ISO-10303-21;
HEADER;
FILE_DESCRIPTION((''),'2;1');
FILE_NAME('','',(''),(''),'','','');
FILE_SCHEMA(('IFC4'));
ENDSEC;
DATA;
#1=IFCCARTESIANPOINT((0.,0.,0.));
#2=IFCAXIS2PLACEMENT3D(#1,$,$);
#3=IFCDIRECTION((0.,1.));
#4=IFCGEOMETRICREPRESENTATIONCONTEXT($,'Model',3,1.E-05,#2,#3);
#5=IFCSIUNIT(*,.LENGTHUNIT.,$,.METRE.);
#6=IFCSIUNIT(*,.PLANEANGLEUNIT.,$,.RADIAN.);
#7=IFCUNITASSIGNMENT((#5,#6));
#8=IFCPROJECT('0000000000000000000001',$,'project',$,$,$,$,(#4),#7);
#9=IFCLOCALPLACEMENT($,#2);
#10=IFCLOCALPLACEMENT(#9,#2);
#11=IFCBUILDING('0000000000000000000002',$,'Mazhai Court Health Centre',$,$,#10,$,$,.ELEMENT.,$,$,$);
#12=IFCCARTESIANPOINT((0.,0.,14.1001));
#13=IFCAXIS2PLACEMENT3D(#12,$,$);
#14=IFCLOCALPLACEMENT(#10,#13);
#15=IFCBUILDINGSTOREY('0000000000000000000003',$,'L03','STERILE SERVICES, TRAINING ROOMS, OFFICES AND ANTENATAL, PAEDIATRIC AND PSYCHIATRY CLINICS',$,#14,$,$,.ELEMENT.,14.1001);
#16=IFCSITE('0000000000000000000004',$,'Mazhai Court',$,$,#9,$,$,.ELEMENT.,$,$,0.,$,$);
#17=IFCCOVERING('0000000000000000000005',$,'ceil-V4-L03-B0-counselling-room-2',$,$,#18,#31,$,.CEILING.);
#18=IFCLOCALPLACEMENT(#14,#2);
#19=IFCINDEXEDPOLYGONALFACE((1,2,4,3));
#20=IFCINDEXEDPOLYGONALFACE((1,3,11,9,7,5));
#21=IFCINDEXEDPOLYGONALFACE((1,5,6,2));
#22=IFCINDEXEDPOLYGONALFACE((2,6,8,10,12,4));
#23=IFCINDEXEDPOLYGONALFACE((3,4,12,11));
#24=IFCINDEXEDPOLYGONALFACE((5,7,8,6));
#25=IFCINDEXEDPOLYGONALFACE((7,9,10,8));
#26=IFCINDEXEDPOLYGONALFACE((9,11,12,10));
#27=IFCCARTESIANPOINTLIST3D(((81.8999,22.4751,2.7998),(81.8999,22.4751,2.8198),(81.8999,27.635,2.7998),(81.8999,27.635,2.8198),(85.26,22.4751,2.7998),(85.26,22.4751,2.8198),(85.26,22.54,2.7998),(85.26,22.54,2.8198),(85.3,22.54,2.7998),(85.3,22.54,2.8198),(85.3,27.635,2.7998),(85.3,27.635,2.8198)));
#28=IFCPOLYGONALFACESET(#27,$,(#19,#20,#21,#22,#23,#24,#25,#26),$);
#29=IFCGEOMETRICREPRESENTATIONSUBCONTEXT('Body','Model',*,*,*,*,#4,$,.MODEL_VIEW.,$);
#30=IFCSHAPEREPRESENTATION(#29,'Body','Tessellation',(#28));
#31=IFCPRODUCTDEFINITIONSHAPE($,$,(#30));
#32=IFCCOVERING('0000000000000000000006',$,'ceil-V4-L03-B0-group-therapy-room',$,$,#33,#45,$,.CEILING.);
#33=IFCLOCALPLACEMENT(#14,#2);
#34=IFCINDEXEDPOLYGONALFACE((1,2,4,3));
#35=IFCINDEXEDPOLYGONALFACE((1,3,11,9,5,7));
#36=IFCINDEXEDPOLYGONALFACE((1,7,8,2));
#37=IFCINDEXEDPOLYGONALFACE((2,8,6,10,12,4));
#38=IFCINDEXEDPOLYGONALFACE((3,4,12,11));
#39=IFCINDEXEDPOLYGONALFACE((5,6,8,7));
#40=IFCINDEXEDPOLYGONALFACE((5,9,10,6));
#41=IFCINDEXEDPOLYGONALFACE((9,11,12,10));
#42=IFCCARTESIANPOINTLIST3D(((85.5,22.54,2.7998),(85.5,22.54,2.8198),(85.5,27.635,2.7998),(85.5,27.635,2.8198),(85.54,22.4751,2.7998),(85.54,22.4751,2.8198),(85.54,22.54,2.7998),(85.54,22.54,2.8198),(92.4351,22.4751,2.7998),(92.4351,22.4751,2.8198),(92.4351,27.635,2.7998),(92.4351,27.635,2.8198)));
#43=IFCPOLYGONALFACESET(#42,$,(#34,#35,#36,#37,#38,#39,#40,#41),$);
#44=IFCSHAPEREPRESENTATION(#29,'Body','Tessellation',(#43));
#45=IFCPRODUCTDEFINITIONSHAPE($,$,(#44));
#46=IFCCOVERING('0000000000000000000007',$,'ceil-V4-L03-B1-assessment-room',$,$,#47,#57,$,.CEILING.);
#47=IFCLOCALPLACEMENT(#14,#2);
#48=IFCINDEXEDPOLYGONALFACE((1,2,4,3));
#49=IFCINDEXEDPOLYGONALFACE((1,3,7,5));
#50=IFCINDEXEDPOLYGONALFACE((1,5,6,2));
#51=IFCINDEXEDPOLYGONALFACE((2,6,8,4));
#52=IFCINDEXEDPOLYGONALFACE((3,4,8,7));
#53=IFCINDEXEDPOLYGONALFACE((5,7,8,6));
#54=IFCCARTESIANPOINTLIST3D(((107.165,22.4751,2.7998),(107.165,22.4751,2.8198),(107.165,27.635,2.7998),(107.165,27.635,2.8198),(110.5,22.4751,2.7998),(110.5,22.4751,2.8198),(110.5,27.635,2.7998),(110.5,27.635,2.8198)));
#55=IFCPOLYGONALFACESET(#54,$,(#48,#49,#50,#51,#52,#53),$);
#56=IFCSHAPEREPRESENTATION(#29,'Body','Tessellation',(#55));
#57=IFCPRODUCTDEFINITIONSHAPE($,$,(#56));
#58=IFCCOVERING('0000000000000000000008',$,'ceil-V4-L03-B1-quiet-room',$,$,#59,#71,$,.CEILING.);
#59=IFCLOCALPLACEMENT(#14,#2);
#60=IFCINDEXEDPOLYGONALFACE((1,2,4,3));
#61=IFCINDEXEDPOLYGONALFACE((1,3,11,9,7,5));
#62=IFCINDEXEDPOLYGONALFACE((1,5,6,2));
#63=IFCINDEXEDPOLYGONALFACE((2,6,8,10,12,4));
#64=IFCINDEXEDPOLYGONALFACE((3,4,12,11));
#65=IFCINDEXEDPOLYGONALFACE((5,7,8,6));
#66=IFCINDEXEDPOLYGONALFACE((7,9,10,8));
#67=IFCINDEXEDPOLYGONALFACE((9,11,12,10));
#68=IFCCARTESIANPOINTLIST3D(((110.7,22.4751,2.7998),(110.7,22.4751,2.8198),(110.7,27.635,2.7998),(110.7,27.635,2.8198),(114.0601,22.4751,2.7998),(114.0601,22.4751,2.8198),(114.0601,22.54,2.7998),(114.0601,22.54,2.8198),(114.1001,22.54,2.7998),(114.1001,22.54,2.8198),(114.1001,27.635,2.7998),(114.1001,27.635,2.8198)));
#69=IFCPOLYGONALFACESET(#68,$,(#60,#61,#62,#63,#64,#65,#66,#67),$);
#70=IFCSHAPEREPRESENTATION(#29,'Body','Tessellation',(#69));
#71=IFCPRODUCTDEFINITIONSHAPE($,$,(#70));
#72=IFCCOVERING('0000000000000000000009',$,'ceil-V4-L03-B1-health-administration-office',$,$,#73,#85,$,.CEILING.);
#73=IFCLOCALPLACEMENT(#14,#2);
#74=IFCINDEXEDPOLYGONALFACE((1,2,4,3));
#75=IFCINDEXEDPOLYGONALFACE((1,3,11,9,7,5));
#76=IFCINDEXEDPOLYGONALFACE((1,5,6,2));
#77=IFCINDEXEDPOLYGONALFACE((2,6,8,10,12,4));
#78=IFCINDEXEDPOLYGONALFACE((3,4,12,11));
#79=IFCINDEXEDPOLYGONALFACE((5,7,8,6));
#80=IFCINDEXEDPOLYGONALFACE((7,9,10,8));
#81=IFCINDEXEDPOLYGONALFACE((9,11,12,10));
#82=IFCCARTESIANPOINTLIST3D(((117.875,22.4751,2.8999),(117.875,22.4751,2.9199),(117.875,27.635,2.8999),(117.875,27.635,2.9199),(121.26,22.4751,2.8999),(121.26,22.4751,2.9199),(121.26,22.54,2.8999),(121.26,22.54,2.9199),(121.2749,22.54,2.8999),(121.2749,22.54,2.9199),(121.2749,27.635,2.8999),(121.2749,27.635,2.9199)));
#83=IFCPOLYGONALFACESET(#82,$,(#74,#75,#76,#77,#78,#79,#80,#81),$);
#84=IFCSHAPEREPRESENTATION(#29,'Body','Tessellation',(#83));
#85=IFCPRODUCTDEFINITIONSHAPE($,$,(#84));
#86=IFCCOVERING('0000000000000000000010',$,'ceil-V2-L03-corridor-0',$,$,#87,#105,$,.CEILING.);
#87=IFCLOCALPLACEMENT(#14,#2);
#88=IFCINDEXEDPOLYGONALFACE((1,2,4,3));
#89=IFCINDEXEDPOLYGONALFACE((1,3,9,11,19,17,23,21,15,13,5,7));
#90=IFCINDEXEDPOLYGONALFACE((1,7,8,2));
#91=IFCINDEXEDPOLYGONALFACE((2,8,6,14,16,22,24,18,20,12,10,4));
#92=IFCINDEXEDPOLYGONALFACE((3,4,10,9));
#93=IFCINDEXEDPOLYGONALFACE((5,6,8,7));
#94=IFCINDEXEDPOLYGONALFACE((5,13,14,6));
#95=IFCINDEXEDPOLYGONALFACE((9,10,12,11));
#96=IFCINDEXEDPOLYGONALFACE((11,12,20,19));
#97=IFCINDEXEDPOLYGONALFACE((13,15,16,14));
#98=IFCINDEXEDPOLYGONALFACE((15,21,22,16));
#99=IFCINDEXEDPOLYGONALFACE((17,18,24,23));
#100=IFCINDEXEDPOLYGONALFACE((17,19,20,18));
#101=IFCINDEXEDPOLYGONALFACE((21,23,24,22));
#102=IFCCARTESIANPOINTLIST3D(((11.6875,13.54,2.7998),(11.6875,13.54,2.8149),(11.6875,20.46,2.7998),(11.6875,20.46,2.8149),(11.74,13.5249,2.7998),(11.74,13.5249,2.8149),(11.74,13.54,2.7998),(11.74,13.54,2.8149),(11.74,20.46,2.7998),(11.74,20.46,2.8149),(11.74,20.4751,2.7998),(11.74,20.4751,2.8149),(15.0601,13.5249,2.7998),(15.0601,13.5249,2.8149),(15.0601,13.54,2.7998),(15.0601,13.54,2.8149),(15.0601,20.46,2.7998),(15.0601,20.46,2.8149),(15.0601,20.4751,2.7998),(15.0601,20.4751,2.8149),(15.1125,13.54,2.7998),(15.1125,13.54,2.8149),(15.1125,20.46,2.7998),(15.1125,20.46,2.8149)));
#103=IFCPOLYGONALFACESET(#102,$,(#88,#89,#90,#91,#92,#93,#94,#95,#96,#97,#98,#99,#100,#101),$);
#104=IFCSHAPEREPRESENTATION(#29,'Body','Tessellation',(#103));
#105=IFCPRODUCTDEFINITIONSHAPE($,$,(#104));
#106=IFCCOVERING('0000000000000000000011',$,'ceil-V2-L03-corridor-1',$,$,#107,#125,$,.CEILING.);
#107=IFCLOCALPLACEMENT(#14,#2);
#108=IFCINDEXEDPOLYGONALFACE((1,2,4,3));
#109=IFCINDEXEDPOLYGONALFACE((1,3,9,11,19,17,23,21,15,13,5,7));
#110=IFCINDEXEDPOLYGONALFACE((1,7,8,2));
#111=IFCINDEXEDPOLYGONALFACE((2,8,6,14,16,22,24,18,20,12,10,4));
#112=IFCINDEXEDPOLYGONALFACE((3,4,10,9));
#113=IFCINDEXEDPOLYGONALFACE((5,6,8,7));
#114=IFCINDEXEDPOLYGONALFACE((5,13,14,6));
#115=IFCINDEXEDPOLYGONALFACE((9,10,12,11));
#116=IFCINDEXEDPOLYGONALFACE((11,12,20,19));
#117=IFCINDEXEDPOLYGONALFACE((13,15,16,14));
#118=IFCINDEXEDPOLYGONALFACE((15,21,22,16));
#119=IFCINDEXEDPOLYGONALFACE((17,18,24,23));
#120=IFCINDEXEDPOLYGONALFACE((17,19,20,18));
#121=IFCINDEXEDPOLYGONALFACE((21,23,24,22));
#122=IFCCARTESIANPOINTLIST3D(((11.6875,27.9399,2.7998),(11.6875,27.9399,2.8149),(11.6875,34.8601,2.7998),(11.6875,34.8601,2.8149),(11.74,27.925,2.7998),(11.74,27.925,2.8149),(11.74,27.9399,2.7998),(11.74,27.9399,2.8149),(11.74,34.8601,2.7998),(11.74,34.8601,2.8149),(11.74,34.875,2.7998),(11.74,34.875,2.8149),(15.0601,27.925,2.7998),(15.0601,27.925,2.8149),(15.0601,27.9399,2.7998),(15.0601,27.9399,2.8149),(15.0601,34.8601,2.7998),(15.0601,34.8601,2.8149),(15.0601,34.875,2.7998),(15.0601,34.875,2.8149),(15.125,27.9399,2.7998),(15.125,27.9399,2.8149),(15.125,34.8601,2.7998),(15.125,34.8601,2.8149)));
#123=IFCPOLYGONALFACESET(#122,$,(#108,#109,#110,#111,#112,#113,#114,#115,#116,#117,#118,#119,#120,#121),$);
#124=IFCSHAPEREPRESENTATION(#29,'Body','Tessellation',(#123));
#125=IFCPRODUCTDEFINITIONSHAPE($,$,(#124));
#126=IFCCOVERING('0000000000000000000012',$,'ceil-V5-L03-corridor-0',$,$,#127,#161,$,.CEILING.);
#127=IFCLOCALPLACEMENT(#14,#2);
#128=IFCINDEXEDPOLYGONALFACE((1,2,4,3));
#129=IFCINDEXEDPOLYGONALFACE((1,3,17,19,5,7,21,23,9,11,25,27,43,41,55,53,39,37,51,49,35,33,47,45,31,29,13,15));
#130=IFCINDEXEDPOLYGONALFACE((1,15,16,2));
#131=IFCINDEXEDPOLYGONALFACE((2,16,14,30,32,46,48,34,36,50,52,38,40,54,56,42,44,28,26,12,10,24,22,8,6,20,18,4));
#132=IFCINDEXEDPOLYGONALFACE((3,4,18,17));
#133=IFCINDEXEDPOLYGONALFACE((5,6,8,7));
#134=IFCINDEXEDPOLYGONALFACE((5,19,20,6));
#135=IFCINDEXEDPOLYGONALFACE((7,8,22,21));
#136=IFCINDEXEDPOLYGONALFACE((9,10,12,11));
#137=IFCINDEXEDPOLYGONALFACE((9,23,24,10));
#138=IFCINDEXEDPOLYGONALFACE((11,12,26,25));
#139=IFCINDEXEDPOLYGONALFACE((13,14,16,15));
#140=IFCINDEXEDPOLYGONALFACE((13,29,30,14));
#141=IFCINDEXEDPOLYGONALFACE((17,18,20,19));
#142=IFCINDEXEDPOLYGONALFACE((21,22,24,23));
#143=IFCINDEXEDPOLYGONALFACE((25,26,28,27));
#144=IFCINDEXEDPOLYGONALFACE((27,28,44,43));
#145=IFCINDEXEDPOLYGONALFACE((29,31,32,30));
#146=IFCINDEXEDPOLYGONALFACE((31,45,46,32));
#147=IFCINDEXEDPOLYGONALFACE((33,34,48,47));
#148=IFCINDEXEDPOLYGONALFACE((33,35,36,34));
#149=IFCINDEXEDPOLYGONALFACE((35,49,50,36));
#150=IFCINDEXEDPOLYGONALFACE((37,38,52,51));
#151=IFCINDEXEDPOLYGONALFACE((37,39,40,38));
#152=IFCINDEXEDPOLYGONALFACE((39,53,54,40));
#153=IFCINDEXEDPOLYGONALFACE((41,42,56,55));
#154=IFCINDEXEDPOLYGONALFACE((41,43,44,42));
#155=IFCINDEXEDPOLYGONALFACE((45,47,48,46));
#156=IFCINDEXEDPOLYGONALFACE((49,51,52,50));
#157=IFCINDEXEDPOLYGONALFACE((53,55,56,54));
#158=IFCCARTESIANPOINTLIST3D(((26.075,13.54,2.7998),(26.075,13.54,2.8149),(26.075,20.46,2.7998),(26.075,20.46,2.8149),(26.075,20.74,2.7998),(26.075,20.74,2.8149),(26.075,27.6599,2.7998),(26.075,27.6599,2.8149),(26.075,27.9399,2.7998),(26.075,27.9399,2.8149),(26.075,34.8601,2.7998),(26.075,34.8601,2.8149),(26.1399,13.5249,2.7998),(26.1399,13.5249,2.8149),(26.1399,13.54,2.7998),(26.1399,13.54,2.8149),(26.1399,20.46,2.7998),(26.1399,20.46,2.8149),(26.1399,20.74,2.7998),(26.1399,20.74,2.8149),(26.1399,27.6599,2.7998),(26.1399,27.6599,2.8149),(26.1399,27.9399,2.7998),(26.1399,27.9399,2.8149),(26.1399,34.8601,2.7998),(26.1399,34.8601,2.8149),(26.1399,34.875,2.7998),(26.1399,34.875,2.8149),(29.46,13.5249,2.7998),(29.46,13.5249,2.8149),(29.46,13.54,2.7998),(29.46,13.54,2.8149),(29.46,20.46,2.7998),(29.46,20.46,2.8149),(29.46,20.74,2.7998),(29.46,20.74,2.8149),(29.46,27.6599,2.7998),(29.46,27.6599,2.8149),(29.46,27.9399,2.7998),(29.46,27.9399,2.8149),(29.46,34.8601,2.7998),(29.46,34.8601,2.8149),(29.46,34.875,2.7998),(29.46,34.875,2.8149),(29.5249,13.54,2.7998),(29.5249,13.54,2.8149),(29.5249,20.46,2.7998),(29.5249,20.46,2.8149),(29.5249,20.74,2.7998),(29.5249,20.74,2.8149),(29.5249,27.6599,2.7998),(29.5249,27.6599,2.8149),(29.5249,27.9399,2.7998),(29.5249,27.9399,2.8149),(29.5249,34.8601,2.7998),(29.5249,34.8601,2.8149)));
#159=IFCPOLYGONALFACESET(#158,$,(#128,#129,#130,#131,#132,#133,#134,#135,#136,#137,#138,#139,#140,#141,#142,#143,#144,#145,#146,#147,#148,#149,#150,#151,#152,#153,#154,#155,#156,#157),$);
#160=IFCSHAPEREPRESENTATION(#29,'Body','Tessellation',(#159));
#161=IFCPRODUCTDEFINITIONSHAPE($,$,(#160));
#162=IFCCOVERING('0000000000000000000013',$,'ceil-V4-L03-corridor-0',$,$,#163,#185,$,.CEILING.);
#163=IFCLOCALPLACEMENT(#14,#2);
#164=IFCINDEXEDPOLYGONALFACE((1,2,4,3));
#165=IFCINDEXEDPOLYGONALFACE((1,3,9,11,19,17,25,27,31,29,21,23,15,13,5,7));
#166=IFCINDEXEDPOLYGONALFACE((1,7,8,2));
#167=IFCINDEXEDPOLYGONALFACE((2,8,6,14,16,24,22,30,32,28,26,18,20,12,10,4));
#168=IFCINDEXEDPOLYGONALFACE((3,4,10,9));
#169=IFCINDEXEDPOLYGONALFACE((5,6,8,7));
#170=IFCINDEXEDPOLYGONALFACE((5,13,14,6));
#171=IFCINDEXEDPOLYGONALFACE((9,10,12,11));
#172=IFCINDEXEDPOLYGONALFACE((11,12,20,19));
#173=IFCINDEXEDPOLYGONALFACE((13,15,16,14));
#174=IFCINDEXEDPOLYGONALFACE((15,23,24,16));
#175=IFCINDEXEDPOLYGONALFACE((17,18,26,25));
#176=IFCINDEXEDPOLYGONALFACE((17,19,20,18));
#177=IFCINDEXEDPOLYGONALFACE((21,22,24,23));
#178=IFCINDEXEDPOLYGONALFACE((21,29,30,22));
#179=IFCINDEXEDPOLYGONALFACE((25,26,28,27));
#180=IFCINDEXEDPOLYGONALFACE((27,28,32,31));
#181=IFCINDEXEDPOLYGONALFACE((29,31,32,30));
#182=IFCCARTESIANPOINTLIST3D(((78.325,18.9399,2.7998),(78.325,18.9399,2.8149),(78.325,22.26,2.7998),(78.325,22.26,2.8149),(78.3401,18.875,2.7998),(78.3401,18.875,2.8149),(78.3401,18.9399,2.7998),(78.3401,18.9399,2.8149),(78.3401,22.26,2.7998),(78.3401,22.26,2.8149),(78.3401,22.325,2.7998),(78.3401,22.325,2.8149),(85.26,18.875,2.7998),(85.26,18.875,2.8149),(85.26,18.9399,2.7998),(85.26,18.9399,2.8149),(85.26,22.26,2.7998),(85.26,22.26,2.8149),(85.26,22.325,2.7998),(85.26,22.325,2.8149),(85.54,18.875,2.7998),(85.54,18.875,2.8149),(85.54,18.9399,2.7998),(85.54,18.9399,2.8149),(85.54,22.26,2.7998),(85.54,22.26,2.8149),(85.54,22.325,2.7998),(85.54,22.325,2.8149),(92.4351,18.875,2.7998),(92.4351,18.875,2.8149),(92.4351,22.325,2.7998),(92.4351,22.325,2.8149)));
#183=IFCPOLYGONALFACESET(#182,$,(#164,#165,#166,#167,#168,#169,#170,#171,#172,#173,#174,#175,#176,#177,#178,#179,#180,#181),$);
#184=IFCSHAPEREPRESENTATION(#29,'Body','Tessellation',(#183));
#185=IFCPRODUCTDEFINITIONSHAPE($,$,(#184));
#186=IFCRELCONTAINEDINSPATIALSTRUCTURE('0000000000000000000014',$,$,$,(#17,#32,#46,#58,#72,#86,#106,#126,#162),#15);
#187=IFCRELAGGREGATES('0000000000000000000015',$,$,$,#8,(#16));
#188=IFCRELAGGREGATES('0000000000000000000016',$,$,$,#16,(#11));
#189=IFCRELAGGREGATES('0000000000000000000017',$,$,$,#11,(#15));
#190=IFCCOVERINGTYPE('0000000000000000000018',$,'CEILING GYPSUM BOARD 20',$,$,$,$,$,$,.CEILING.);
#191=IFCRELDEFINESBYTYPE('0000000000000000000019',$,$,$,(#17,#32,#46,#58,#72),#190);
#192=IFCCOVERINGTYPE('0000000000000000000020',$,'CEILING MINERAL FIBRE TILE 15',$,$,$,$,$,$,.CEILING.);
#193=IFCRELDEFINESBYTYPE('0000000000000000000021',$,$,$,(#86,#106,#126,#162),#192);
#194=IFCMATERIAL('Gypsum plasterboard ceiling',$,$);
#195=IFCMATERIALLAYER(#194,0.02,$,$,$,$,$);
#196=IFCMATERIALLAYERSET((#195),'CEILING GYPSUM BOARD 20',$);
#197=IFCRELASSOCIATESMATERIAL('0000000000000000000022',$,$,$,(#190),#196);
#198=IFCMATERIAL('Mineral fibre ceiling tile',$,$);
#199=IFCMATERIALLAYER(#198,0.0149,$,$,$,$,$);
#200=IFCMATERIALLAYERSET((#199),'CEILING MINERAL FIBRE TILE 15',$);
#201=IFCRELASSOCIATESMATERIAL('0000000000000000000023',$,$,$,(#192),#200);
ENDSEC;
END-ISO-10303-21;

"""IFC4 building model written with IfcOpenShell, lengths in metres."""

from ifc_helpers import new_model, si_unit, direction, frame, origin, place, context, subcontext, project, spatial, polyline, outline, extrude, material, layer, layer_set, type_object, element, save


model = new_model("IFC4")

# Units and contexts
model_context = context("Model", 3, precision=1e-05, world=origin(), true_north=direction((0.0, 1.0)))
body_context = subcontext(model_context, "Body", "Model", "MODEL_VIEW")
ifc_project = project(units=[si_unit("LENGTHUNIT", "METRE"), si_unit("PLANEANGLEUNIT", "RADIAN")], contexts=[model_context])

# Site, building, storey
site_placement = place(None, origin())
site = spatial("IfcSite", under=ifc_project, at=site_placement, Name="Mazhai Court", CompositionType="ELEMENT", RefElevation=0.0)
building_placement = place(site_placement, origin())
building = spatial("IfcBuilding", under=site, at=building_placement, Name="Mazhai Court Health Centre", CompositionType="ELEMENT")
storey_placement = place(building_placement, frame((0.0, 0.0, 14.1001)))
storey = spatial("IfcBuildingStorey", under=building, at=storey_placement, Name="L03", Description="STERILE SERVICES, TRAINING ROOMS, OFFICES AND ANTENATAL, PAEDIATRIC AND PSYCHIATRY CLINICS", CompositionType="ELEMENT", Elevation=14.1001)

# Coverings
ifc_material_1 = material(Name="Gypsum plasterboard ceiling")
ifc_layer_1 = layer(ifc_material_1, 0.02)
ifc_layer_set_1 = layer_set([ifc_layer_1], Name="CEILING GYPSUM BOARD 20")
covering_type_1 = type_object("IfcCoveringType", Name="CEILING GYPSUM BOARD 20", PredefinedType="CEILING", material=ifc_layer_set_1)
covering_1_placement = place(storey_placement, frame((0.0, 0.0, 2.7998)))
element("IfcCovering", 1, at=covering_1_placement, inside=storey, type_object=covering_type_1, Name="ceil-V4-L03-B0-counselling-room-2", PredefinedType="CEILING", context=body_context, shape_type="SweptSolid", body=[
    extrude(outline(polyline([(85.26, 22.4751), (85.26, 22.54), (85.3, 22.54), (85.3, 27.635), (81.8999, 27.635), (81.8999, 22.4751), (85.26, 22.4751)])), origin(), (0.0, 0.0, 1.0), 0.02),
])
covering_2_placement = place(storey_placement, frame((0.0, 0.0, 2.7998)))
element("IfcCovering", 2, at=covering_2_placement, inside=storey, type_object=covering_type_1, Name="ceil-V4-L03-B0-group-therapy-room", PredefinedType="CEILING", context=body_context, shape_type="SweptSolid", body=[
    extrude(outline(polyline([(85.5, 22.54), (85.54, 22.54), (85.54, 22.4751), (92.4351, 22.4751), (92.4351, 27.635), (85.5, 27.635), (85.5, 22.54)])), origin(), (0.0, 0.0, 1.0), 0.02),
])
covering_3_placement = place(storey_placement, frame((0.0, 0.0, 2.7998)))
element("IfcCovering", 3, at=covering_3_placement, inside=storey, type_object=covering_type_1, Name="ceil-V4-L03-B1-assessment-room", PredefinedType="CEILING", context=body_context, shape_type="SweptSolid", body=[
    extrude(outline(polyline([(110.5, 22.4751), (110.5, 27.635), (107.165, 27.635), (107.165, 22.4751), (110.5, 22.4751)])), origin(), (0.0, 0.0, 1.0), 0.02),
])
covering_4_placement = place(storey_placement, frame((0.0, 0.0, 2.7998)))
element("IfcCovering", 4, at=covering_4_placement, inside=storey, type_object=covering_type_1, Name="ceil-V4-L03-B1-quiet-room", PredefinedType="CEILING", context=body_context, shape_type="SweptSolid", body=[
    extrude(outline(polyline([(114.0601, 22.4751), (114.0601, 22.54), (114.1001, 22.54), (114.1001, 27.635), (110.7, 27.635), (110.7, 22.4751), (114.0601, 22.4751)])), origin(), (0.0, 0.0, 1.0), 0.02),
])
covering_5_placement = place(storey_placement, frame((0.0, 0.0, 2.8999)))
element("IfcCovering", 5, at=covering_5_placement, inside=storey, type_object=covering_type_1, Name="ceil-V4-L03-B1-health-administration-office", PredefinedType="CEILING", context=body_context, shape_type="SweptSolid", body=[
    extrude(outline(polyline([(121.26, 22.4751), (121.26, 22.54), (121.2749, 22.54), (121.2749, 27.635), (117.875, 27.635), (117.875, 22.4751), (121.26, 22.4751)])), origin(), (0.0, 0.0, 1.0), 0.02),
])
ifc_material_2 = material(Name="Mineral fibre ceiling tile")
ifc_layer_2 = layer(ifc_material_2, 0.0149)
ifc_layer_set_2 = layer_set([ifc_layer_2], Name="CEILING MINERAL FIBRE TILE 15")
covering_type_2 = type_object("IfcCoveringType", Name="CEILING MINERAL FIBRE TILE 15", PredefinedType="CEILING", material=ifc_layer_set_2)
covering_6_placement = place(storey_placement, frame((0.0, 0.0, 2.7998)))
element("IfcCovering", 6, at=covering_6_placement, inside=storey, type_object=covering_type_2, Name="ceil-V2-L03-corridor-0", PredefinedType="CEILING", context=body_context, shape_type="SweptSolid", body=[
    extrude(outline(polyline([(15.0601, 13.5249), (15.0601, 13.54), (15.1125, 13.54), (15.1125, 20.46), (15.0601, 20.46), (15.0601, 20.4751), (11.74, 20.4751), (11.74, 20.46), (11.6875, 20.46), (11.6875, 13.54), (11.74, 13.54), (11.74, 13.5249), (15.0601, 13.5249)])), origin(), (0.0, 0.0, 1.0), 0.0151),
])
covering_7_placement = place(storey_placement, frame((0.0, 0.0, 2.7998)))
element("IfcCovering", 7, at=covering_7_placement, inside=storey, type_object=covering_type_2, Name="ceil-V2-L03-corridor-1", PredefinedType="CEILING", context=body_context, shape_type="SweptSolid", body=[
    extrude(outline(polyline([(15.0601, 27.925), (15.0601, 27.9399), (15.125, 27.9399), (15.125, 34.8601), (15.0601, 34.8601), (15.0601, 34.875), (11.74, 34.875), (11.74, 34.8601), (11.6875, 34.8601), (11.6875, 27.9399), (11.74, 27.9399), (11.74, 27.925), (15.0601, 27.925)])), origin(), (0.0, 0.0, 1.0), 0.0151),
])
covering_8_placement = place(storey_placement, frame((0.0, 0.0, 2.7998)))
element("IfcCovering", 8, at=covering_8_placement, inside=storey, type_object=covering_type_2, Name="ceil-V5-L03-corridor-0", PredefinedType="CEILING", context=body_context, shape_type="SweptSolid", body=[
    extrude(outline(polyline([(29.46, 13.5249), (29.46, 13.54), (29.5249, 13.54), (29.5249, 20.46), (29.46, 20.46), (29.46, 20.74), (29.5249, 20.74), (29.5249, 27.6599), (29.46, 27.6599), (29.46, 27.9399), (29.5249, 27.9399), (29.5249, 34.8601), (29.46, 34.8601), (29.46, 34.875), (26.1399, 34.875), (26.1399, 34.8601), (26.075, 34.8601), (26.075, 27.9399), (26.1399, 27.9399), (26.1399, 27.6599), (26.075, 27.6599), (26.075, 20.74), (26.1399, 20.74), (26.1399, 20.46), (26.075, 20.46), (26.075, 13.54), (26.1399, 13.54), (26.1399, 13.5249), (29.46, 13.5249)])), origin(), (0.0, 0.0, 1.0), 0.0151),
])
covering_9_placement = place(storey_placement, frame((0.0, 0.0, 2.7998)))
element("IfcCovering", 9, at=covering_9_placement, inside=storey, type_object=covering_type_2, Name="ceil-V4-L03-corridor-0", PredefinedType="CEILING", context=body_context, shape_type="SweptSolid", body=[
    extrude(outline(polyline([(92.4351, 22.325), (85.54, 22.325), (85.54, 22.26), (85.26, 22.26), (85.26, 22.325), (78.3401, 22.325), (78.3401, 22.26), (78.325, 22.26), (78.325, 18.9399), (78.3401, 18.9399), (78.3401, 18.875), (85.26, 18.875), (85.26, 18.9399), (85.54, 18.9399), (85.54, 18.875), (92.4351, 18.875), (92.4351, 22.325)])), origin(), (0.0, 0.0, 1.0), 0.0151),
])

save(model, "model.ifc")
